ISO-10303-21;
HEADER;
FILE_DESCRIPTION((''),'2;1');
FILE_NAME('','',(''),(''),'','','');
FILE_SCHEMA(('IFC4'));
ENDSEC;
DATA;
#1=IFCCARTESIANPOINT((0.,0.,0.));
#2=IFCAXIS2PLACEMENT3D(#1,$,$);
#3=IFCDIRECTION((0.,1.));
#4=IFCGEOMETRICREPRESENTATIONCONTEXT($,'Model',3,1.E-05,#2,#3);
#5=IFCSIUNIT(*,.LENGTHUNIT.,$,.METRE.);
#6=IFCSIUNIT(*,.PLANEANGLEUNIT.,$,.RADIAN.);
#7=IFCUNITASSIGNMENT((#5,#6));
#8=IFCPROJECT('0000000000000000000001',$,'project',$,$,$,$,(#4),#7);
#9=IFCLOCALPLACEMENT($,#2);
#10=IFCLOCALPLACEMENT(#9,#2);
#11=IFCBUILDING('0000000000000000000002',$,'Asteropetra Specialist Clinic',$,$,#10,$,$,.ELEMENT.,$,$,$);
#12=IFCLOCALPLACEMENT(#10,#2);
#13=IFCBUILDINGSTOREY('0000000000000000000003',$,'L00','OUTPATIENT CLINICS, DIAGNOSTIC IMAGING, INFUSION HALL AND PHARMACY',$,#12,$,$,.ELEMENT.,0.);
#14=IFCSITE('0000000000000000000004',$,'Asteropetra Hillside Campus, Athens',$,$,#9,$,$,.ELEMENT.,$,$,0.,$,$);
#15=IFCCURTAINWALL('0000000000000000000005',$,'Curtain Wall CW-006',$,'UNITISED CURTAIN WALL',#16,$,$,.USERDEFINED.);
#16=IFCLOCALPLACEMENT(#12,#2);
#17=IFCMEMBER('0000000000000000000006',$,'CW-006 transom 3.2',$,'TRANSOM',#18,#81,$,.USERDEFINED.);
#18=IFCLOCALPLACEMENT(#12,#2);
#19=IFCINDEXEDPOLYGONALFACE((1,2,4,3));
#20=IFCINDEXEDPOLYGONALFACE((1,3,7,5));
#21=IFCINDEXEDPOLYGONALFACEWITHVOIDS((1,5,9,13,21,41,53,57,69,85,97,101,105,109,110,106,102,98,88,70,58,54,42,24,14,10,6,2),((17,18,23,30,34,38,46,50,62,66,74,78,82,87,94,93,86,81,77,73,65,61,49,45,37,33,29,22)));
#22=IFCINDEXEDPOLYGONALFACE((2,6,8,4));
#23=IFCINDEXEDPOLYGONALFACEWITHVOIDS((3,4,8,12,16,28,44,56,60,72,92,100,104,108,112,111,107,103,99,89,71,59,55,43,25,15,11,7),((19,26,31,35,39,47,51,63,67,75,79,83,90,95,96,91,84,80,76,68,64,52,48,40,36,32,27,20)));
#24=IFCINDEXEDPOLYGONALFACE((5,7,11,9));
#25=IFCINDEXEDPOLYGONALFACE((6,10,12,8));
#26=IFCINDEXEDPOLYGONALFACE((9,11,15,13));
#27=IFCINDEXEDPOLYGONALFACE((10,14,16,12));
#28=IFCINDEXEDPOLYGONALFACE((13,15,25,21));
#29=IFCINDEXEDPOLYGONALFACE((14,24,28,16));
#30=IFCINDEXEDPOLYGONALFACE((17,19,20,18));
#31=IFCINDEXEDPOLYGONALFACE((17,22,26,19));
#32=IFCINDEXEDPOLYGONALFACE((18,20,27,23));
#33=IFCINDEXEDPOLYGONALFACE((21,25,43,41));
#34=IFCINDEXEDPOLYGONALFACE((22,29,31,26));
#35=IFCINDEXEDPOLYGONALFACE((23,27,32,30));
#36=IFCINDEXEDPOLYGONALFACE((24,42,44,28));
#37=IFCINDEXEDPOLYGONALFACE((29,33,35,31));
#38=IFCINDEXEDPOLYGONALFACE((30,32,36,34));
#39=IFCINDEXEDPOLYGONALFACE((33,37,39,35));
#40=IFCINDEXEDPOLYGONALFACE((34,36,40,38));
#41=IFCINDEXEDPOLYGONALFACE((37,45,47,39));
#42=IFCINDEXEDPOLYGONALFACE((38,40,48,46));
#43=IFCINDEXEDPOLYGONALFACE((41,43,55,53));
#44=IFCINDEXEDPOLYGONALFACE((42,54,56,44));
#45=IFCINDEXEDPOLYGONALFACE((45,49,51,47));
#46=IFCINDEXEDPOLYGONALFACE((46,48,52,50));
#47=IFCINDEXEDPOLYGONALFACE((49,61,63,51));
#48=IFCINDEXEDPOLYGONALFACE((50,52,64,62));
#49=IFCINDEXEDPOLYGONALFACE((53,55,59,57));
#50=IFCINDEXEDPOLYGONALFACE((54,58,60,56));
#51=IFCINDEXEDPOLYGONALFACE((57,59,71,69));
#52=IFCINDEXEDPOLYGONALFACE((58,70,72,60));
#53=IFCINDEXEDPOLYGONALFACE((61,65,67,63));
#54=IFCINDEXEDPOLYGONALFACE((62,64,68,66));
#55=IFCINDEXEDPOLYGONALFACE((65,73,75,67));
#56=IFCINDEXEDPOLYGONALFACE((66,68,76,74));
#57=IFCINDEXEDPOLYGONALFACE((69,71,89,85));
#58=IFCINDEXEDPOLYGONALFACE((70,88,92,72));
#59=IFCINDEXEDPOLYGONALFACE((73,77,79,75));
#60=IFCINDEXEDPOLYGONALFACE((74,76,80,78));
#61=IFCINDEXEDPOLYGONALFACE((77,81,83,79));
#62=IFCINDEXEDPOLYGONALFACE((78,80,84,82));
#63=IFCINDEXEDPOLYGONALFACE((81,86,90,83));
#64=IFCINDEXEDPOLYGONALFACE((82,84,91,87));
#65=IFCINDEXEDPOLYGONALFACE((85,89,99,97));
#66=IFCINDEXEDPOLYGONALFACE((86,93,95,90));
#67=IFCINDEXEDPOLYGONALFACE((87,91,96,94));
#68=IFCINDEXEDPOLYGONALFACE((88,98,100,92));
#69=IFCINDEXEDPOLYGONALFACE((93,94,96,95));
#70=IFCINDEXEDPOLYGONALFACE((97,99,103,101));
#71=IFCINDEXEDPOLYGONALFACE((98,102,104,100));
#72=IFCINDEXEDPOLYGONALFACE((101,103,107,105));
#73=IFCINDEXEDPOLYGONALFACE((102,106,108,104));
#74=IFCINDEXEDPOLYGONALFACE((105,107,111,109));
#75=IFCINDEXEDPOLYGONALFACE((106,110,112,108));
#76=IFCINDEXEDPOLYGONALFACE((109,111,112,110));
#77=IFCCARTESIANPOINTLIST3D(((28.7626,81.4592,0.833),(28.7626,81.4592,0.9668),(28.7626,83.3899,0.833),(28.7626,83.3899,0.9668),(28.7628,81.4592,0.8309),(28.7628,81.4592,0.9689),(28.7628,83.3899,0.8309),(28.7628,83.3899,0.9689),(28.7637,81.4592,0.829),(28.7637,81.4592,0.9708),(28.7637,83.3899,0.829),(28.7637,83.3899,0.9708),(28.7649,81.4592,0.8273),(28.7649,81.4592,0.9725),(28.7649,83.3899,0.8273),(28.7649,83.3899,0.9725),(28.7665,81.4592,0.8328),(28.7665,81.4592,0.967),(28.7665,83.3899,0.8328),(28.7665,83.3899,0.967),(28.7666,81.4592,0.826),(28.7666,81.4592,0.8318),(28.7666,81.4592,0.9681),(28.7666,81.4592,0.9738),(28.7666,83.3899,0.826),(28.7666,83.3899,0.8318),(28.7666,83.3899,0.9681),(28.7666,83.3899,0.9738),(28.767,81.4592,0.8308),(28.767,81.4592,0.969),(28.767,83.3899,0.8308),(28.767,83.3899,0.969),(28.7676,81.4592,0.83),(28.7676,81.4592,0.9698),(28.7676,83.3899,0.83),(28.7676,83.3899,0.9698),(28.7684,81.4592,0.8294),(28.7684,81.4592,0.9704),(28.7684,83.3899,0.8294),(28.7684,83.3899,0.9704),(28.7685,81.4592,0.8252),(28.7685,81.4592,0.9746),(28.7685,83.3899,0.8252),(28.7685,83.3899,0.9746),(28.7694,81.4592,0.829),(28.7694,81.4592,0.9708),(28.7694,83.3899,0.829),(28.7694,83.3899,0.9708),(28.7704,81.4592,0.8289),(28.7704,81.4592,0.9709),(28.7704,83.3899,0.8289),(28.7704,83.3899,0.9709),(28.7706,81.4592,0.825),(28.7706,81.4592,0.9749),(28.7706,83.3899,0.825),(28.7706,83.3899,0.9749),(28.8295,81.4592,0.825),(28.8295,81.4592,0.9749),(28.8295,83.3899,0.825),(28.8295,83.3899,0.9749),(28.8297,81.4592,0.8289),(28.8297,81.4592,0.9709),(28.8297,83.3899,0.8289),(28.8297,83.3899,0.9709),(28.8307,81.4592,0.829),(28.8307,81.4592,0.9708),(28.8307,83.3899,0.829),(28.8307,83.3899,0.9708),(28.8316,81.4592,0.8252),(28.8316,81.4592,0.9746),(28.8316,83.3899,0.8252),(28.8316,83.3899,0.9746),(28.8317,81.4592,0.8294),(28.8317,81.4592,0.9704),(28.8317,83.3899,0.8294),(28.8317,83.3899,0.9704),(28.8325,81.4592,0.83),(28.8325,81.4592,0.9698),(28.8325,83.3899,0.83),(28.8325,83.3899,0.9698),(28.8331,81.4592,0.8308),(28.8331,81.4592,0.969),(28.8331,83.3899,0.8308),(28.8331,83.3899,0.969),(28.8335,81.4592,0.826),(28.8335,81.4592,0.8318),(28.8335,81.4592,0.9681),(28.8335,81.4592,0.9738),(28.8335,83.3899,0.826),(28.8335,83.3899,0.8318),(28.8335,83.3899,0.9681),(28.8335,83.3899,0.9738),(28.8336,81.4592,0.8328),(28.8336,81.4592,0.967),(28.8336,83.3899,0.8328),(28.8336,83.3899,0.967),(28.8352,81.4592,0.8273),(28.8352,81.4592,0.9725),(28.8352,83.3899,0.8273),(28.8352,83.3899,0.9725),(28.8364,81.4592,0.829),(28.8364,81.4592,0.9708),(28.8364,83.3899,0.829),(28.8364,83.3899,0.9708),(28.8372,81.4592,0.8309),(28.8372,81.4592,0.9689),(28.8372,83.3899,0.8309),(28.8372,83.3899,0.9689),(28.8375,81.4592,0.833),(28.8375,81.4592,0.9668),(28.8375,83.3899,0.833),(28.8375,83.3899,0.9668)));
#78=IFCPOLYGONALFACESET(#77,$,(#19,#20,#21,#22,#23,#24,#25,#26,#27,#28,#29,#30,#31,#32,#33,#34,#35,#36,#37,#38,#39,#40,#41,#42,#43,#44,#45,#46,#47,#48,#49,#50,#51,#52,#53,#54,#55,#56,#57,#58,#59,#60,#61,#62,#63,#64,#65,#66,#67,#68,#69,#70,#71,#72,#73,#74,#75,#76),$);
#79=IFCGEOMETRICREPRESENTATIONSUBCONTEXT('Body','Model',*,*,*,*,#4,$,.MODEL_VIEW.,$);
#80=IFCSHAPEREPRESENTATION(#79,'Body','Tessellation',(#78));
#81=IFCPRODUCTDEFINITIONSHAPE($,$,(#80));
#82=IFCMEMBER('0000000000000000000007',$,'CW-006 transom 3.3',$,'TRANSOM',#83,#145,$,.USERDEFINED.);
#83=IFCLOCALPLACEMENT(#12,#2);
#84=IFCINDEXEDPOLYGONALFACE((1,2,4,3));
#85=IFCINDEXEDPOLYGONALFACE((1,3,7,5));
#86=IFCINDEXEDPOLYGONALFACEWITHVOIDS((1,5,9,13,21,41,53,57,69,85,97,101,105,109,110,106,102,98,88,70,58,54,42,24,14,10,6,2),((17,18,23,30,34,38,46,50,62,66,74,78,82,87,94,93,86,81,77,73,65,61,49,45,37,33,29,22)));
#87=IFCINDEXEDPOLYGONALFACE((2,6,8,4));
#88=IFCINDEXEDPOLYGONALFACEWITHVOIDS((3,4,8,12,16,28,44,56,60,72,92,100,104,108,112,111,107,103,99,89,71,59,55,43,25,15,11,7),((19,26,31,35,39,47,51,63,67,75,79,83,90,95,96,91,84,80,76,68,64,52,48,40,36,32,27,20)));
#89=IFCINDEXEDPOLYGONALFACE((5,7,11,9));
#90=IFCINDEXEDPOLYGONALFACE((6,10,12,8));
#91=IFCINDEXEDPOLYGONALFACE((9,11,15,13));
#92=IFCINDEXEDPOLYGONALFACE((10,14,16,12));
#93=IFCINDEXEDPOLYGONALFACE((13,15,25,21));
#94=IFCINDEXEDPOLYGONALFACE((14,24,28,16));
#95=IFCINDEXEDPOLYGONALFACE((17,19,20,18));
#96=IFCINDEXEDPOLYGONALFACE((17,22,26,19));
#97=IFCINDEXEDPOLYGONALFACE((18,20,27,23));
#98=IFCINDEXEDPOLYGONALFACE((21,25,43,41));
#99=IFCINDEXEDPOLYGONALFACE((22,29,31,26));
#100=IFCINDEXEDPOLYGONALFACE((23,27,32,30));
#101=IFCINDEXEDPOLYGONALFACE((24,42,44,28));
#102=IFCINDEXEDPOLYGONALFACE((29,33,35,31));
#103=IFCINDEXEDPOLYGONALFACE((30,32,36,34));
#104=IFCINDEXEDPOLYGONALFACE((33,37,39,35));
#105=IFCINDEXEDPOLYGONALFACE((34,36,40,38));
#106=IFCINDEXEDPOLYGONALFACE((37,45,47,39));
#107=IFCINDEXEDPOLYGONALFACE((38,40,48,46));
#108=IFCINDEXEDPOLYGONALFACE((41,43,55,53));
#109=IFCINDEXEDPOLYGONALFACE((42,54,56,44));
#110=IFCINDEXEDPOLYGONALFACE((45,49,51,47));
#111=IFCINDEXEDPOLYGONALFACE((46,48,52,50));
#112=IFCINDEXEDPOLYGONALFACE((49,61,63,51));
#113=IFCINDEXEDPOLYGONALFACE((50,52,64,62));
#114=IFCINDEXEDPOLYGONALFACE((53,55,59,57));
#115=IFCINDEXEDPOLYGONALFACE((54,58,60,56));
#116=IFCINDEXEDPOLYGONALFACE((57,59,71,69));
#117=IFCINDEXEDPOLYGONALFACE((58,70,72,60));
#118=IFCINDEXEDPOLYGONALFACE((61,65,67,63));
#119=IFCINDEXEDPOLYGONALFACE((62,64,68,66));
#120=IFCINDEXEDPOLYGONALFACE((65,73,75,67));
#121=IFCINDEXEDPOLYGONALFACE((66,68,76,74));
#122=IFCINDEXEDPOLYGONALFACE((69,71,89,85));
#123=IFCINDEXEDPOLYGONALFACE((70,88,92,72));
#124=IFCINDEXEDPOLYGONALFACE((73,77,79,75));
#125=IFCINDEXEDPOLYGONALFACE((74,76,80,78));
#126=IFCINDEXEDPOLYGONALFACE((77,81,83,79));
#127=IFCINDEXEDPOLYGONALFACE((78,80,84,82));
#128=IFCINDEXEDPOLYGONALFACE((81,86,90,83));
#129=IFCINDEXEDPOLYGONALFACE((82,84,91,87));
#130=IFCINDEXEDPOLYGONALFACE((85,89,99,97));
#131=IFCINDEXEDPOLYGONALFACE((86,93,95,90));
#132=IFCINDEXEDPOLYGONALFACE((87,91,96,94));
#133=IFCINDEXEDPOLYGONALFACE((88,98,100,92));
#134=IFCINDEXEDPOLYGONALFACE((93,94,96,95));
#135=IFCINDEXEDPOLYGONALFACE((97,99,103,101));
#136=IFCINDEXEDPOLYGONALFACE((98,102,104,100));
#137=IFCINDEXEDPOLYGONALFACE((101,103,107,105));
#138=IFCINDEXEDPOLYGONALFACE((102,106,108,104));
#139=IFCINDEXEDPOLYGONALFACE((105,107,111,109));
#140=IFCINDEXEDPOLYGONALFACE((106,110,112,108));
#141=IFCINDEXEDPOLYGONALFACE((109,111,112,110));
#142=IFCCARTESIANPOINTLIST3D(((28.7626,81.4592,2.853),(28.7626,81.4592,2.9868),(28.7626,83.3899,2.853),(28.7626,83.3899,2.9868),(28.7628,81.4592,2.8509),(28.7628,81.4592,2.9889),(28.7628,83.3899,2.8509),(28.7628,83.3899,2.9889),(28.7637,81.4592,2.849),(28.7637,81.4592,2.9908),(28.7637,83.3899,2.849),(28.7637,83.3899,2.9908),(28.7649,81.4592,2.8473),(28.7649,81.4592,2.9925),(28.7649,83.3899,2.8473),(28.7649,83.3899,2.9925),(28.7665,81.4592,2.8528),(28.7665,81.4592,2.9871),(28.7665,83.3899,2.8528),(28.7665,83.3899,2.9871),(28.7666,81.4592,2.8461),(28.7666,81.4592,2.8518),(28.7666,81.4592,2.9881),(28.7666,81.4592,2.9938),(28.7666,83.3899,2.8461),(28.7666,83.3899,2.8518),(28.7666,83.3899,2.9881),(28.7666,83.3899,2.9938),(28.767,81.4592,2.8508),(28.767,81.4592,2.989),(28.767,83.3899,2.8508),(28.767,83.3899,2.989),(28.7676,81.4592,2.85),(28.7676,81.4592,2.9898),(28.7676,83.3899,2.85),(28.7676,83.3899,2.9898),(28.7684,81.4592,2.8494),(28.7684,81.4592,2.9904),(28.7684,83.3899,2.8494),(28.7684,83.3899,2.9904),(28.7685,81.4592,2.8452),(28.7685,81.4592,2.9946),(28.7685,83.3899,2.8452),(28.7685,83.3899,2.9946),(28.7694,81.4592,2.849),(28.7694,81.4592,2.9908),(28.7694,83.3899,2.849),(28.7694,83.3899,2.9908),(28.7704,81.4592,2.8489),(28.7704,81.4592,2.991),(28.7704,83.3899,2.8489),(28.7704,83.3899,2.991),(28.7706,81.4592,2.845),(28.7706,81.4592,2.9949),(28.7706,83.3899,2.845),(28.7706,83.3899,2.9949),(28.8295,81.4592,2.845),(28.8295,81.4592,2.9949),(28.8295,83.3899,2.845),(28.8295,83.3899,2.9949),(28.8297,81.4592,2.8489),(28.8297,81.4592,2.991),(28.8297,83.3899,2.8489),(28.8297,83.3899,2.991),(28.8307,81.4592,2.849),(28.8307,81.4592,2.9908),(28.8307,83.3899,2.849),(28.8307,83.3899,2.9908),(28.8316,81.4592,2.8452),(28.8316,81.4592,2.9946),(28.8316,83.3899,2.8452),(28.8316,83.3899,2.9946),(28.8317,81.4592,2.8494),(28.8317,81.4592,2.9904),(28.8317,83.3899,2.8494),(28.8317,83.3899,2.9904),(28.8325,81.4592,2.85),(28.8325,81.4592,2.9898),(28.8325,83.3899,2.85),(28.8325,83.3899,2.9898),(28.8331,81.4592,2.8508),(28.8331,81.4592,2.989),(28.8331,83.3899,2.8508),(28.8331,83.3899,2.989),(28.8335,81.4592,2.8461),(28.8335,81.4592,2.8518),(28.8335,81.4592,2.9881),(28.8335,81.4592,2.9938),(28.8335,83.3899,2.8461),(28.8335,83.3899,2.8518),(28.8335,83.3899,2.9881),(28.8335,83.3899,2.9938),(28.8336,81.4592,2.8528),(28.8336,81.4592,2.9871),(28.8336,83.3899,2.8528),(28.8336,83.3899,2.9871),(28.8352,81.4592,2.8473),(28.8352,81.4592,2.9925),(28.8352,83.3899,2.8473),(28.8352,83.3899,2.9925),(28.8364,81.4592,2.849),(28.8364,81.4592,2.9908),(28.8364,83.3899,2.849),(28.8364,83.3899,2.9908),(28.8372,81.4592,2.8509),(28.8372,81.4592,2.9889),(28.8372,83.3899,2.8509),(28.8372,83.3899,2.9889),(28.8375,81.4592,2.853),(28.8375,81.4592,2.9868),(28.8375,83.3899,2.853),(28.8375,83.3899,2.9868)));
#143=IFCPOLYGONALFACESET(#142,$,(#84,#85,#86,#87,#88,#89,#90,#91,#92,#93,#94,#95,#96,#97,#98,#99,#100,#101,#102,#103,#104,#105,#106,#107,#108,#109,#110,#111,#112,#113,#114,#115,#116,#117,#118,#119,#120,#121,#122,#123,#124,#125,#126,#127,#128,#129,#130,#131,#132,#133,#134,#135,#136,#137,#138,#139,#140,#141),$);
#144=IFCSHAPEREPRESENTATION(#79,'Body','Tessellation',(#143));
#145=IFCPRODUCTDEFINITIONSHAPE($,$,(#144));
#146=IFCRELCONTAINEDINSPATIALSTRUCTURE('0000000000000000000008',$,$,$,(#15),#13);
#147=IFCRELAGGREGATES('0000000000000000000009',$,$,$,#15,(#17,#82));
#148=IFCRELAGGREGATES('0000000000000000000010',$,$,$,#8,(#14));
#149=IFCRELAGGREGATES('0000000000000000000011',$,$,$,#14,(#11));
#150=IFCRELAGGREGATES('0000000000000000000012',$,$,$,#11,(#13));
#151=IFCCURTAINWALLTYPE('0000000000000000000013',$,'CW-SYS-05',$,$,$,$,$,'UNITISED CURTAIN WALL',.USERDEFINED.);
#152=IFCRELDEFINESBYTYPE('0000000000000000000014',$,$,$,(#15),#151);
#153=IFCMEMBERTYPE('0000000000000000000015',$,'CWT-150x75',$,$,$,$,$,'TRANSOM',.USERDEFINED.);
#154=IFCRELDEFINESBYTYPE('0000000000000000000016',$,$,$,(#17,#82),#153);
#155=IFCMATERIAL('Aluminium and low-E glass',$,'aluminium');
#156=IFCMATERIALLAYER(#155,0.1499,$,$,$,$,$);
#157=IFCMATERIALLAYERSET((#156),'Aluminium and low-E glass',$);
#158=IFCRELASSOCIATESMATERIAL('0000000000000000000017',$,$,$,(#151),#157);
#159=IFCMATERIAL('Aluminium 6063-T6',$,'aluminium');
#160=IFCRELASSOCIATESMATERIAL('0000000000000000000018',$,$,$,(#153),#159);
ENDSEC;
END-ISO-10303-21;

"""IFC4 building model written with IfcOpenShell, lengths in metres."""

from ifc_helpers import new_model, si_unit, direction, frame, origin, origin_2d, place, context, subcontext, project, spatial, hollow_rectangle, extrude, material, layer, layer_set, material_profile, profile_set, type_object, element, aggregate, save


model = new_model("IFC4")

# Units and contexts
model_context = context("Model", 3, precision=1e-05, world=origin(), true_north=direction((0.0, 1.0)))
body_context = subcontext(model_context, "Body", "Model", "MODEL_VIEW")
ifc_project = project(units=[si_unit("LENGTHUNIT", "METRE"), si_unit("PLANEANGLEUNIT", "RADIAN")], contexts=[model_context])

# Site, building, storey
site_placement = place(None, origin())
site = spatial("IfcSite", under=ifc_project, at=site_placement, Name="Asteropetra Hillside Campus, Athens", CompositionType="ELEMENT", RefElevation=0.0)
building_placement = place(site_placement, origin())
building = spatial("IfcBuilding", under=site, at=building_placement, Name="Asteropetra Specialist Clinic", CompositionType="ELEMENT")
storey_placement = place(building_placement, origin())
storey = spatial("IfcBuildingStorey", under=building, at=storey_placement, Name="L00", Description="OUTPATIENT CLINICS, DIAGNOSTIC IMAGING, INFUSION HALL AND PHARMACY", CompositionType="ELEMENT", Elevation=0.0)

# Curtain wall
ifc_material_1 = material(Name="Aluminium and low-E glass", Category="aluminium")
ifc_layer_1 = layer(ifc_material_1, 0.1499)
ifc_layer_set_1 = layer_set([ifc_layer_1], Name="Aluminium and low-E glass")
curtain_wall_type_1 = type_object("IfcCurtainWallType", Name="CW-SYS-05", ElementType="UNITISED CURTAIN WALL", PredefinedType="USERDEFINED", material=ifc_layer_set_1)
curtain_wall_1_placement = place(storey_placement, origin())
curtain_wall_1 = element("IfcCurtainWall", 1, at=curtain_wall_1_placement, inside=storey, type_object=curtain_wall_type_1, Name="Curtain Wall CW-006", ObjectType="UNITISED CURTAIN WALL", PredefinedType="USERDEFINED")

# Members
ifc_material_2 = material(Name="Aluminium 6063-T6", Category="aluminium")
ifc_material_profile_1 = material_profile(ifc_material_2, hollow_rectangle(XDim=0.075, YDim=0.1499, WallThickness=0.0039, InnerFilletRadius=0.0039, OuterFilletRadius=0.0081, at=origin_2d()), Name="TRN 150x75x4.0")
ifc_profile_set_1 = profile_set([ifc_material_profile_1], Name="Aluminium 6063-T6")
member_type_1 = type_object("IfcMemberType", Name="CWT-150x75", ElementType="TRANSOM", PredefinedType="USERDEFINED", material=ifc_profile_set_1)
member_1_placement = place(storey_placement, frame((28.8, 81.4592, 0.8999), z_axis=(0.0, 1.0, 0.0), x_axis=(-1.0, 0.0, 0.0)))
member_1 = element("IfcMember", 2, at=member_1_placement, type_object=member_type_1, Name="CW-006 transom 3.2", ObjectType="TRANSOM", PredefinedType="USERDEFINED", context=body_context, shape_type="SweptSolid", body=[
    extrude(hollow_rectangle(XDim=0.075, YDim=0.1499, WallThickness=0.0039, InnerFilletRadius=0.0039, OuterFilletRadius=0.0081, at=origin_2d()), origin(), (0.0, 0.0, 1.0), 1.9307),
])
member_2_placement = place(storey_placement, frame((28.8, 81.4592, 2.9199), z_axis=(0.0, 1.0, 0.0), x_axis=(-1.0, 0.0, 0.0)))
member_2 = element("IfcMember", 3, at=member_2_placement, type_object=member_type_1, Name="CW-006 transom 3.3", ObjectType="TRANSOM", PredefinedType="USERDEFINED", context=body_context, shape_type="SweptSolid", body=[
    extrude(hollow_rectangle(XDim=0.075, YDim=0.1499, WallThickness=0.0039, InnerFilletRadius=0.0039, OuterFilletRadius=0.0081, at=origin_2d()), origin(), (0.0, 0.0, 1.0), 1.9307),
])

aggregate(curtain_wall_1, [member_1, member_2])

save(model, "model.ifc")
